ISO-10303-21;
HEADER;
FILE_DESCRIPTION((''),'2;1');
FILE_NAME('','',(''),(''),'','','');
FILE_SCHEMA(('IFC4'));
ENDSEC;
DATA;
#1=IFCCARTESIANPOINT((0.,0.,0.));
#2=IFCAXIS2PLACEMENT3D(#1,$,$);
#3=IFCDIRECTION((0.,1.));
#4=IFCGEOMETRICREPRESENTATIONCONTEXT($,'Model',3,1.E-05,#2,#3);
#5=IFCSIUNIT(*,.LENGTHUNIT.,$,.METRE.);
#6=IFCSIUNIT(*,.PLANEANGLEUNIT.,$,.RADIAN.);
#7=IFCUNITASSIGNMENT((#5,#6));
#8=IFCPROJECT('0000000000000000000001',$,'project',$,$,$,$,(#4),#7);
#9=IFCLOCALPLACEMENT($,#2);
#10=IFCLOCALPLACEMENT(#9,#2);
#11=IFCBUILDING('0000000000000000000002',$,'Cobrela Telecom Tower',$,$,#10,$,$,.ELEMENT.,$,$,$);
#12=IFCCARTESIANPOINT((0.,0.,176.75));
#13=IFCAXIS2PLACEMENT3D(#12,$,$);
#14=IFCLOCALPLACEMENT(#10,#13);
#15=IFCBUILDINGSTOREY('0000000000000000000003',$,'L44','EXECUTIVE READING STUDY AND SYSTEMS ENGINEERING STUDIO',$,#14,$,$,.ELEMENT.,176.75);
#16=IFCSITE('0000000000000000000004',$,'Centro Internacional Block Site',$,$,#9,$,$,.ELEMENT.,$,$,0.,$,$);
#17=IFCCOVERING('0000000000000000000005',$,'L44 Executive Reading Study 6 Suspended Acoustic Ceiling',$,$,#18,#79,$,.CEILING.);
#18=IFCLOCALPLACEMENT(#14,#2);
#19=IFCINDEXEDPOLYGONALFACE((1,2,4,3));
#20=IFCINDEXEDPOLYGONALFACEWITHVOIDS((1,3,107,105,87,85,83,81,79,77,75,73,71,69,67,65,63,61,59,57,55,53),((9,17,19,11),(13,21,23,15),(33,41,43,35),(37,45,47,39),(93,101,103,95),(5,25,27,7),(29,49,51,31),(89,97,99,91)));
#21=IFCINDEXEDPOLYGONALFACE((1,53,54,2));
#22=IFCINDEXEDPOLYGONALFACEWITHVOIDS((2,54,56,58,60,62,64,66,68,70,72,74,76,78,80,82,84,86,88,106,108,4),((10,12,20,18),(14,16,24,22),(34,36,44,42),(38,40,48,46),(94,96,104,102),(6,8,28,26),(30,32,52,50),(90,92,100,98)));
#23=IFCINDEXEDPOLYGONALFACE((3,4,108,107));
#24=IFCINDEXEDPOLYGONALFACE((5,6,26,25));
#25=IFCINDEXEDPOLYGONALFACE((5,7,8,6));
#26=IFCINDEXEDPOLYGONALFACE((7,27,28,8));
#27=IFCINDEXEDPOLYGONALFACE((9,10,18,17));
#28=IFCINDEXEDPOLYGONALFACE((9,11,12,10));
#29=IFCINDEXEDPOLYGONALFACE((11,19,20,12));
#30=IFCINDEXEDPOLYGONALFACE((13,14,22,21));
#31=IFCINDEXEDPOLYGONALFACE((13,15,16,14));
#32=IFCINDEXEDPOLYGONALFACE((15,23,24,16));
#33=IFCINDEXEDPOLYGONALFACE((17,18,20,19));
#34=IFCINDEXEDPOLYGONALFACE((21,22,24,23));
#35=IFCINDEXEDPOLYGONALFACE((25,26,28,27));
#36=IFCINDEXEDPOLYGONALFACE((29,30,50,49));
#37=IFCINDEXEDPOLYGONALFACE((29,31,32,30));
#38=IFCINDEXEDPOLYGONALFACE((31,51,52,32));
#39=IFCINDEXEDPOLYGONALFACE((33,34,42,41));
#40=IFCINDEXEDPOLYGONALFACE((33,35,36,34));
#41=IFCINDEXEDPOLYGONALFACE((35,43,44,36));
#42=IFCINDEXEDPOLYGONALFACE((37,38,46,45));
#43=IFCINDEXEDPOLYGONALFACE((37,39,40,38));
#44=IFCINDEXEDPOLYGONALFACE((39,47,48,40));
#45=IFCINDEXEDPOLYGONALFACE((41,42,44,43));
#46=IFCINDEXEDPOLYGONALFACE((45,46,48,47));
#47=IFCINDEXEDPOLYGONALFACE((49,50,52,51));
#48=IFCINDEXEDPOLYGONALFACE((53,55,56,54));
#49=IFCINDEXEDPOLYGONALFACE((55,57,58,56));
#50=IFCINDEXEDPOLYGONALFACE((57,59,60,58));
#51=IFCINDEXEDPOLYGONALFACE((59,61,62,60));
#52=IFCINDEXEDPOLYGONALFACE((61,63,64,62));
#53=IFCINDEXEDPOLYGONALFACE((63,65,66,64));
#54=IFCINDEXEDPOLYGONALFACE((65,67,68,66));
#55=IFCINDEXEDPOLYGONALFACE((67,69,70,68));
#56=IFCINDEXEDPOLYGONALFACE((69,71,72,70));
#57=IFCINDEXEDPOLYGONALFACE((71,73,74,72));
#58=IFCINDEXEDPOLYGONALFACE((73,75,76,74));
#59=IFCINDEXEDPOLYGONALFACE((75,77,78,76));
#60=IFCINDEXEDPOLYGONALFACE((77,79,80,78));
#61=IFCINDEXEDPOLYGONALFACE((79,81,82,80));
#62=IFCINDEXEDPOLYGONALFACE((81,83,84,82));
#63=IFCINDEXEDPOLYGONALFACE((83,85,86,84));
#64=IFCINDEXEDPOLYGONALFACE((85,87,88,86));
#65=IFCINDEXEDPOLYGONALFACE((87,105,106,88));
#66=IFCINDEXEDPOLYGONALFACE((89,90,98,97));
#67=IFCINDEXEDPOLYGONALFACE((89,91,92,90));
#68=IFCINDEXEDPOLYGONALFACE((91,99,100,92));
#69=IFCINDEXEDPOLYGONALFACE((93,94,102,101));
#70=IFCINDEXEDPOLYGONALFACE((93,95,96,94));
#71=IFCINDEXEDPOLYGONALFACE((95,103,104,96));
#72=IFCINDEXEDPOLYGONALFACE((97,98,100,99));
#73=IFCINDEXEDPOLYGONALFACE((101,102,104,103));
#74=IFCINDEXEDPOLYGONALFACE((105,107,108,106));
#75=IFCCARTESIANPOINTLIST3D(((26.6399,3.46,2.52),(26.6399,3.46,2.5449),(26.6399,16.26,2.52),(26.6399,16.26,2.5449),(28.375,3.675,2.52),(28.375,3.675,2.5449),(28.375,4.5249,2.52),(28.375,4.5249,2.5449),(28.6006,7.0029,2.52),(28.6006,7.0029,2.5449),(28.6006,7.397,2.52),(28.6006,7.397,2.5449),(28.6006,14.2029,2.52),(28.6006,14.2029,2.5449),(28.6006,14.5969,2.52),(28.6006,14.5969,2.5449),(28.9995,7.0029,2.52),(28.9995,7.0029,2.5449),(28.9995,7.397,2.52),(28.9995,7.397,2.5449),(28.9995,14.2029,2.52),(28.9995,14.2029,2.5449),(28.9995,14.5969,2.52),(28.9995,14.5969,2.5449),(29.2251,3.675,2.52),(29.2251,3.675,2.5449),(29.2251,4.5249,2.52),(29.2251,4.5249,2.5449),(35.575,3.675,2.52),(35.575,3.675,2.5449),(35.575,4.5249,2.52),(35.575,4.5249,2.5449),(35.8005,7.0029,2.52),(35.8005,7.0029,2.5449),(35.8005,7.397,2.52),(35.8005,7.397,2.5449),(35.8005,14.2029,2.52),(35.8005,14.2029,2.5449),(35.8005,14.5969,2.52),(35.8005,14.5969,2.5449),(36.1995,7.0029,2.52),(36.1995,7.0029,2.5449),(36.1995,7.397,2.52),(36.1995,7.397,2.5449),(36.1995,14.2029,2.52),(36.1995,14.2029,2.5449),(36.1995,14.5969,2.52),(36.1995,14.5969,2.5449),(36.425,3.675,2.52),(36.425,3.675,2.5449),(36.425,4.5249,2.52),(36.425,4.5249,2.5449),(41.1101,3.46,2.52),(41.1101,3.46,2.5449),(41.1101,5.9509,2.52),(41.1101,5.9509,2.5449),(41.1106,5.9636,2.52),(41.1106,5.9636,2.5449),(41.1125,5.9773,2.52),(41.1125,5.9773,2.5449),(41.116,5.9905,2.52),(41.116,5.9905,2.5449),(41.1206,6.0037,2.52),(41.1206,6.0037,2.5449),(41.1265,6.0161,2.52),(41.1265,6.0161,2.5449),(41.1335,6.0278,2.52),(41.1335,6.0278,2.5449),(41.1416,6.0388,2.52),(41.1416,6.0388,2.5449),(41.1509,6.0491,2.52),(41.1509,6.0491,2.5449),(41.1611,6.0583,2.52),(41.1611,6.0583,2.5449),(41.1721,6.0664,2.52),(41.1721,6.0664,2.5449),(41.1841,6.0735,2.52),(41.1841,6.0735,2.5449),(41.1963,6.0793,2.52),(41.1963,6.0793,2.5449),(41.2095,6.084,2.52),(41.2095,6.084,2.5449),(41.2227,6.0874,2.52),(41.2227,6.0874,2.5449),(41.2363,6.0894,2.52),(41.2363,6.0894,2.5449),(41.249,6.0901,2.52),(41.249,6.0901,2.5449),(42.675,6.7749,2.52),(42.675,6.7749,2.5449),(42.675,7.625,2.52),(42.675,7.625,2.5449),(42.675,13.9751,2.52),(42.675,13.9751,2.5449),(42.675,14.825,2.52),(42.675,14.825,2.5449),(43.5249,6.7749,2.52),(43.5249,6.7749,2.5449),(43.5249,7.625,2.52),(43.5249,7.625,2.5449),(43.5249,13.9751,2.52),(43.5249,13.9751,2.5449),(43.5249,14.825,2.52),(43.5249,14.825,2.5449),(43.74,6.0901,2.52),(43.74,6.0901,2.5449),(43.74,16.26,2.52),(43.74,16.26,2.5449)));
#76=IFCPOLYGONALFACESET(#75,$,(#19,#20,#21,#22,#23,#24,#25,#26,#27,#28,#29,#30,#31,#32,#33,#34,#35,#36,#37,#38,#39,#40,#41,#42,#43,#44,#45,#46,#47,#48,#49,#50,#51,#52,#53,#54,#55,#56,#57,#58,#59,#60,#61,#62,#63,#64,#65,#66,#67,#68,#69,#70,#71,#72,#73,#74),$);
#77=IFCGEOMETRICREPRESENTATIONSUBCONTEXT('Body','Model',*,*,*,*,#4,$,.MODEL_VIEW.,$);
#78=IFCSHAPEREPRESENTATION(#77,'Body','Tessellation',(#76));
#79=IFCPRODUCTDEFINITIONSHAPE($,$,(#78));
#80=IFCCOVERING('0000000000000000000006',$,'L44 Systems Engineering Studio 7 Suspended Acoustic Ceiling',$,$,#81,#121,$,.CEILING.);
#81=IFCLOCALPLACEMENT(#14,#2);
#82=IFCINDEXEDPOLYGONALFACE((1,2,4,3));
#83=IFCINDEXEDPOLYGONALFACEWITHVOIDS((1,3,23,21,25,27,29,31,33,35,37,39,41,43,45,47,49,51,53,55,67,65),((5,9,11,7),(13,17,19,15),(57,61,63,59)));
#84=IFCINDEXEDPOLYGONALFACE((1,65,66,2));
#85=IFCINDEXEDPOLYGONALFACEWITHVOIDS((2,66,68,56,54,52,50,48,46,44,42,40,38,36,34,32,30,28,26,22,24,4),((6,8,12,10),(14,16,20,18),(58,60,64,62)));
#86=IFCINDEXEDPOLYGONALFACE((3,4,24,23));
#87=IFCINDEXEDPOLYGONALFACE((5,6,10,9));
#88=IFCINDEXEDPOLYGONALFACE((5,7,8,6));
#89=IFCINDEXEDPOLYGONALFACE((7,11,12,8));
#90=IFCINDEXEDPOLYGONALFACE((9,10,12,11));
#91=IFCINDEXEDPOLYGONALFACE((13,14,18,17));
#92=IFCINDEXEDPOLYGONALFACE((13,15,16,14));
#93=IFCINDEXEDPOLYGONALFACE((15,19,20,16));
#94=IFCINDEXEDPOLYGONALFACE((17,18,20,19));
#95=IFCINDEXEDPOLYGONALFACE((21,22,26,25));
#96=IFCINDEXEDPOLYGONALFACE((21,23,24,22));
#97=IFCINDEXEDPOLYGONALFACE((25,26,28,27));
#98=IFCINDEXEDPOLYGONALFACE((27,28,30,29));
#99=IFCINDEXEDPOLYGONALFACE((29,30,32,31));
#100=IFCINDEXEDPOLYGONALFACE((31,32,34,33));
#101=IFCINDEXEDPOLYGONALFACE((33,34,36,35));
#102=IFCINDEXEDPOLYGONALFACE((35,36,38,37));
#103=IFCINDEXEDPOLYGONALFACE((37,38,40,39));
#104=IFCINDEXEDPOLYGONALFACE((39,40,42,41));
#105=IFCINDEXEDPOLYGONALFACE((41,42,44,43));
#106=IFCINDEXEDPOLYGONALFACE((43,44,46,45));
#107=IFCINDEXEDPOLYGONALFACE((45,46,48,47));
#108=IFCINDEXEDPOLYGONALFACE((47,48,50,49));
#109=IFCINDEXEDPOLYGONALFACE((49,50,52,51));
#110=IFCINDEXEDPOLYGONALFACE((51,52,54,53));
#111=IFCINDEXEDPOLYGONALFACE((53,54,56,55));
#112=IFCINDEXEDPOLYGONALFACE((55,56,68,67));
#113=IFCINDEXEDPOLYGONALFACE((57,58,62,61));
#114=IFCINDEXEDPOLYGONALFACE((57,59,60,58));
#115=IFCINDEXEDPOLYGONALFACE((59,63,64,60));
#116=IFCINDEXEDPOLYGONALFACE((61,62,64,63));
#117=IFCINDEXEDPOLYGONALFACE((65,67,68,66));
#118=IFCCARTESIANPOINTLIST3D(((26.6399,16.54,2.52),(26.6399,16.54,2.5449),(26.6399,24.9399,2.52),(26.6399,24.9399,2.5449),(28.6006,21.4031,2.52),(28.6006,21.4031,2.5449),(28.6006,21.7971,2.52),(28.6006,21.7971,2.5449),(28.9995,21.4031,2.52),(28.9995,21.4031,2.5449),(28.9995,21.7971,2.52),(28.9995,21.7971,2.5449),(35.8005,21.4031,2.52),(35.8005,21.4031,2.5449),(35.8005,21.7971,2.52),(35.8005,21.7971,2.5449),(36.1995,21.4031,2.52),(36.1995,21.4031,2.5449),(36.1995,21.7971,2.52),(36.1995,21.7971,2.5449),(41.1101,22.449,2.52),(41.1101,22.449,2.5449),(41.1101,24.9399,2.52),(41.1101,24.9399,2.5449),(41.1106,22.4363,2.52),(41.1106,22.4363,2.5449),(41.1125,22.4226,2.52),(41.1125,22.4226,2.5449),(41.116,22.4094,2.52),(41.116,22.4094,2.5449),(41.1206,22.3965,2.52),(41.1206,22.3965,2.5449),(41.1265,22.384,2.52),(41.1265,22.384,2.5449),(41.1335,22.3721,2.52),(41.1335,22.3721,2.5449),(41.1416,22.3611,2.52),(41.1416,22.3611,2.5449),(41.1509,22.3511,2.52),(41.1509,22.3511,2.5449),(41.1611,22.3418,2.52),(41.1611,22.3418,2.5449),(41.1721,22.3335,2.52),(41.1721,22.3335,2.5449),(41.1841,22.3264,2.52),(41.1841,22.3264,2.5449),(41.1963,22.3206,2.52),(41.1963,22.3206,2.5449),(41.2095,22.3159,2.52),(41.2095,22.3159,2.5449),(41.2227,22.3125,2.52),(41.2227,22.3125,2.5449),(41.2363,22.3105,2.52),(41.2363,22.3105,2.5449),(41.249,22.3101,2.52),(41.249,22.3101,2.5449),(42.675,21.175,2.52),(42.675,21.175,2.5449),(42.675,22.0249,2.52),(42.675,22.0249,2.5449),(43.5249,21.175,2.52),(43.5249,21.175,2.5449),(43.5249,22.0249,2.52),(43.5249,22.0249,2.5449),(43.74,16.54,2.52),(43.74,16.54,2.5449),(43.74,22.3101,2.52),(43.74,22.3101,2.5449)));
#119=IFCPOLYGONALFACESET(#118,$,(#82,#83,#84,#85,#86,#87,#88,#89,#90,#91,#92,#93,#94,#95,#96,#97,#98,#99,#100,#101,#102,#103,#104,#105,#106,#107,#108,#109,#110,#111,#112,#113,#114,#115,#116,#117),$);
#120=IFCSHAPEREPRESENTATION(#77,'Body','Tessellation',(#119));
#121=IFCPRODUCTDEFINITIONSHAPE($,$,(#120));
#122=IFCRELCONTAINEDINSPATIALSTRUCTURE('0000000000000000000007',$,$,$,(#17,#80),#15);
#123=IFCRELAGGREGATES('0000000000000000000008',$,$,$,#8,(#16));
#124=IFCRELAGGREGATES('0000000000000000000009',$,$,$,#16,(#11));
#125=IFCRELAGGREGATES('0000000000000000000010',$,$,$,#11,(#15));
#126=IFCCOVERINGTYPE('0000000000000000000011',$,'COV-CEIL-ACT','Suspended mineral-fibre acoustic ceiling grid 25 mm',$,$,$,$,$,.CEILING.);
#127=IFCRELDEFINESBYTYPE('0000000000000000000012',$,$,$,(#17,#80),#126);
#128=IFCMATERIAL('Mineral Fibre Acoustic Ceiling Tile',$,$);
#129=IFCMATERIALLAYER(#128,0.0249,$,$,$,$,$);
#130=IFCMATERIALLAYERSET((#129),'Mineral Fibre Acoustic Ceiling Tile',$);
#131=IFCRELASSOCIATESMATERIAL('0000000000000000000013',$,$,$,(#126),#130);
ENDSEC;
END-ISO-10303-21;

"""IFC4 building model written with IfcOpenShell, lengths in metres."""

from ifc_helpers import new_model, si_unit, direction, frame, origin, place, context, subcontext, project, spatial, polyline, outline, extrude, material, layer, layer_set, type_object, element, save


model = new_model("IFC4")

# Units and contexts
model_context = context("Model", 3, precision=1e-05, world=origin(), true_north=direction((0.0, 1.0)))
body_context = subcontext(model_context, "Body", "Model", "MODEL_VIEW")
ifc_project = project(units=[si_unit("LENGTHUNIT", "METRE"), si_unit("PLANEANGLEUNIT", "RADIAN")], contexts=[model_context])

# Site, building, storey
site_placement = place(None, origin())
site = spatial("IfcSite", under=ifc_project, at=site_placement, Name="Centro Internacional Block Site", CompositionType="ELEMENT", RefElevation=0.0)
building_placement = place(site_placement, origin())
building = spatial("IfcBuilding", under=site, at=building_placement, Name="Cobrela Telecom Tower", CompositionType="ELEMENT")
storey_placement = place(building_placement, frame((0.0, 0.0, 176.75)))
storey = spatial("IfcBuildingStorey", under=building, at=storey_placement, Name="L44", Description="EXECUTIVE READING STUDY AND SYSTEMS ENGINEERING STUDIO", CompositionType="ELEMENT", Elevation=176.75)

# Coverings
ifc_material_1 = material(Name="Mineral Fibre Acoustic Ceiling Tile")
ifc_layer_1 = layer(ifc_material_1, 0.0249)
ifc_layer_set_1 = layer_set([ifc_layer_1], Name="Mineral Fibre Acoustic Ceiling Tile")
covering_type_1 = type_object("IfcCoveringType", Name="COV-CEIL-ACT", Description="Suspended mineral-fibre acoustic ceiling grid 25 mm", PredefinedType="CEILING", material=ifc_layer_set_1)
covering_1_placement = place(storey_placement, frame((0.0, 0.0, 2.52)))
element("IfcCovering", 1, at=covering_1_placement, inside=storey, type_object=covering_type_1, Name="L44 Executive Reading Study 6 Suspended Acoustic Ceiling", PredefinedType="CEILING", context=body_context, shape_type="SweptSolid", body=[
    extrude(outline(polyline([(43.74, 6.0901), (41.249, 6.0901), (41.2363, 6.0894), (41.2227, 6.0874), (41.2095, 6.084), (41.1963, 6.0793), (41.1841, 6.0735), (41.1721, 6.0664), (41.1611, 6.0583), (41.1509, 6.0491), (41.1416, 6.0388), (41.1335, 6.0278), (41.1265, 6.0161), (41.1206, 6.0037), (41.116, 5.9905), (41.1125, 5.9773), (41.1106, 5.9636), (41.1101, 5.9509), (41.1101, 3.46), (26.6399, 3.46), (26.6399, 16.26), (43.74, 16.26), (43.74, 6.0901)]), holes=[polyline([(29.2251, 3.675), (29.2251, 4.5249), (28.375, 4.5249), (28.375, 3.675), (29.2251, 3.675)]), polyline([(36.425, 4.5249), (35.575, 4.5249), (35.575, 3.675), (36.425, 3.675), (36.425, 4.5249)]), polyline([(28.9995, 7.397), (28.6006, 7.397), (28.6006, 7.0029), (28.9995, 7.0029), (28.9995, 7.397)]), polyline([(36.1995, 7.0029), (36.1995, 7.397), (35.8005, 7.397), (35.8005, 7.0029), (36.1995, 7.0029)]), polyline([(43.5249, 6.7749), (43.5249, 7.625), (42.675, 7.625), (42.675, 6.7749), (43.5249, 6.7749)]), polyline([(28.9995, 14.5969), (28.6006, 14.5969), (28.6006, 14.2029), (28.9995, 14.2029), (28.9995, 14.5969)]), polyline([(36.1995, 14.2029), (36.1995, 14.5969), (35.8005, 14.5969), (35.8005, 14.2029), (36.1995, 14.2029)]), polyline([(43.5249, 13.9751), (43.5249, 14.825), (42.675, 14.825), (42.675, 13.9751), (43.5249, 13.9751)])]), origin(), (0.0, 0.0, 1.0), 0.0249),
])
covering_2_placement = place(storey_placement, frame((0.0, 0.0, 2.52)))
element("IfcCovering", 2, at=covering_2_placement, inside=storey, type_object=covering_type_1, Name="L44 Systems Engineering Studio 7 Suspended Acoustic Ceiling", PredefinedType="CEILING", context=body_context, shape_type="SweptSolid", body=[
    extrude(outline(polyline([(41.1101, 24.9399), (41.1101, 22.449), (41.1106, 22.4363), (41.1125, 22.4226), (41.116, 22.4094), (41.1206, 22.3965), (41.1265, 22.384), (41.1335, 22.3721), (41.1416, 22.3611), (41.1509, 22.3511), (41.1611, 22.3418), (41.1721, 22.3335), (41.1841, 22.3264), (41.1963, 22.3206), (41.2095, 22.3159), (41.2227, 22.3125), (41.2363, 22.3105), (41.249, 22.3101), (43.74, 22.3101), (43.74, 16.54), (26.6399, 16.54), (26.6399, 24.9399), (41.1101, 24.9399)]), holes=[polyline([(28.9995, 21.7971), (28.6006, 21.7971), (28.6006, 21.4031), (28.9995, 21.4031), (28.9995, 21.7971)]), polyline([(36.1995, 21.4031), (36.1995, 21.7971), (35.8005, 21.7971), (35.8005, 21.4031), (36.1995, 21.4031)]), polyline([(43.5249, 21.175), (43.5249, 22.0249), (42.675, 22.0249), (42.675, 21.175), (43.5249, 21.175)])]), origin(), (0.0, 0.0, 1.0), 0.0249),
])

save(model, "model.ifc")
